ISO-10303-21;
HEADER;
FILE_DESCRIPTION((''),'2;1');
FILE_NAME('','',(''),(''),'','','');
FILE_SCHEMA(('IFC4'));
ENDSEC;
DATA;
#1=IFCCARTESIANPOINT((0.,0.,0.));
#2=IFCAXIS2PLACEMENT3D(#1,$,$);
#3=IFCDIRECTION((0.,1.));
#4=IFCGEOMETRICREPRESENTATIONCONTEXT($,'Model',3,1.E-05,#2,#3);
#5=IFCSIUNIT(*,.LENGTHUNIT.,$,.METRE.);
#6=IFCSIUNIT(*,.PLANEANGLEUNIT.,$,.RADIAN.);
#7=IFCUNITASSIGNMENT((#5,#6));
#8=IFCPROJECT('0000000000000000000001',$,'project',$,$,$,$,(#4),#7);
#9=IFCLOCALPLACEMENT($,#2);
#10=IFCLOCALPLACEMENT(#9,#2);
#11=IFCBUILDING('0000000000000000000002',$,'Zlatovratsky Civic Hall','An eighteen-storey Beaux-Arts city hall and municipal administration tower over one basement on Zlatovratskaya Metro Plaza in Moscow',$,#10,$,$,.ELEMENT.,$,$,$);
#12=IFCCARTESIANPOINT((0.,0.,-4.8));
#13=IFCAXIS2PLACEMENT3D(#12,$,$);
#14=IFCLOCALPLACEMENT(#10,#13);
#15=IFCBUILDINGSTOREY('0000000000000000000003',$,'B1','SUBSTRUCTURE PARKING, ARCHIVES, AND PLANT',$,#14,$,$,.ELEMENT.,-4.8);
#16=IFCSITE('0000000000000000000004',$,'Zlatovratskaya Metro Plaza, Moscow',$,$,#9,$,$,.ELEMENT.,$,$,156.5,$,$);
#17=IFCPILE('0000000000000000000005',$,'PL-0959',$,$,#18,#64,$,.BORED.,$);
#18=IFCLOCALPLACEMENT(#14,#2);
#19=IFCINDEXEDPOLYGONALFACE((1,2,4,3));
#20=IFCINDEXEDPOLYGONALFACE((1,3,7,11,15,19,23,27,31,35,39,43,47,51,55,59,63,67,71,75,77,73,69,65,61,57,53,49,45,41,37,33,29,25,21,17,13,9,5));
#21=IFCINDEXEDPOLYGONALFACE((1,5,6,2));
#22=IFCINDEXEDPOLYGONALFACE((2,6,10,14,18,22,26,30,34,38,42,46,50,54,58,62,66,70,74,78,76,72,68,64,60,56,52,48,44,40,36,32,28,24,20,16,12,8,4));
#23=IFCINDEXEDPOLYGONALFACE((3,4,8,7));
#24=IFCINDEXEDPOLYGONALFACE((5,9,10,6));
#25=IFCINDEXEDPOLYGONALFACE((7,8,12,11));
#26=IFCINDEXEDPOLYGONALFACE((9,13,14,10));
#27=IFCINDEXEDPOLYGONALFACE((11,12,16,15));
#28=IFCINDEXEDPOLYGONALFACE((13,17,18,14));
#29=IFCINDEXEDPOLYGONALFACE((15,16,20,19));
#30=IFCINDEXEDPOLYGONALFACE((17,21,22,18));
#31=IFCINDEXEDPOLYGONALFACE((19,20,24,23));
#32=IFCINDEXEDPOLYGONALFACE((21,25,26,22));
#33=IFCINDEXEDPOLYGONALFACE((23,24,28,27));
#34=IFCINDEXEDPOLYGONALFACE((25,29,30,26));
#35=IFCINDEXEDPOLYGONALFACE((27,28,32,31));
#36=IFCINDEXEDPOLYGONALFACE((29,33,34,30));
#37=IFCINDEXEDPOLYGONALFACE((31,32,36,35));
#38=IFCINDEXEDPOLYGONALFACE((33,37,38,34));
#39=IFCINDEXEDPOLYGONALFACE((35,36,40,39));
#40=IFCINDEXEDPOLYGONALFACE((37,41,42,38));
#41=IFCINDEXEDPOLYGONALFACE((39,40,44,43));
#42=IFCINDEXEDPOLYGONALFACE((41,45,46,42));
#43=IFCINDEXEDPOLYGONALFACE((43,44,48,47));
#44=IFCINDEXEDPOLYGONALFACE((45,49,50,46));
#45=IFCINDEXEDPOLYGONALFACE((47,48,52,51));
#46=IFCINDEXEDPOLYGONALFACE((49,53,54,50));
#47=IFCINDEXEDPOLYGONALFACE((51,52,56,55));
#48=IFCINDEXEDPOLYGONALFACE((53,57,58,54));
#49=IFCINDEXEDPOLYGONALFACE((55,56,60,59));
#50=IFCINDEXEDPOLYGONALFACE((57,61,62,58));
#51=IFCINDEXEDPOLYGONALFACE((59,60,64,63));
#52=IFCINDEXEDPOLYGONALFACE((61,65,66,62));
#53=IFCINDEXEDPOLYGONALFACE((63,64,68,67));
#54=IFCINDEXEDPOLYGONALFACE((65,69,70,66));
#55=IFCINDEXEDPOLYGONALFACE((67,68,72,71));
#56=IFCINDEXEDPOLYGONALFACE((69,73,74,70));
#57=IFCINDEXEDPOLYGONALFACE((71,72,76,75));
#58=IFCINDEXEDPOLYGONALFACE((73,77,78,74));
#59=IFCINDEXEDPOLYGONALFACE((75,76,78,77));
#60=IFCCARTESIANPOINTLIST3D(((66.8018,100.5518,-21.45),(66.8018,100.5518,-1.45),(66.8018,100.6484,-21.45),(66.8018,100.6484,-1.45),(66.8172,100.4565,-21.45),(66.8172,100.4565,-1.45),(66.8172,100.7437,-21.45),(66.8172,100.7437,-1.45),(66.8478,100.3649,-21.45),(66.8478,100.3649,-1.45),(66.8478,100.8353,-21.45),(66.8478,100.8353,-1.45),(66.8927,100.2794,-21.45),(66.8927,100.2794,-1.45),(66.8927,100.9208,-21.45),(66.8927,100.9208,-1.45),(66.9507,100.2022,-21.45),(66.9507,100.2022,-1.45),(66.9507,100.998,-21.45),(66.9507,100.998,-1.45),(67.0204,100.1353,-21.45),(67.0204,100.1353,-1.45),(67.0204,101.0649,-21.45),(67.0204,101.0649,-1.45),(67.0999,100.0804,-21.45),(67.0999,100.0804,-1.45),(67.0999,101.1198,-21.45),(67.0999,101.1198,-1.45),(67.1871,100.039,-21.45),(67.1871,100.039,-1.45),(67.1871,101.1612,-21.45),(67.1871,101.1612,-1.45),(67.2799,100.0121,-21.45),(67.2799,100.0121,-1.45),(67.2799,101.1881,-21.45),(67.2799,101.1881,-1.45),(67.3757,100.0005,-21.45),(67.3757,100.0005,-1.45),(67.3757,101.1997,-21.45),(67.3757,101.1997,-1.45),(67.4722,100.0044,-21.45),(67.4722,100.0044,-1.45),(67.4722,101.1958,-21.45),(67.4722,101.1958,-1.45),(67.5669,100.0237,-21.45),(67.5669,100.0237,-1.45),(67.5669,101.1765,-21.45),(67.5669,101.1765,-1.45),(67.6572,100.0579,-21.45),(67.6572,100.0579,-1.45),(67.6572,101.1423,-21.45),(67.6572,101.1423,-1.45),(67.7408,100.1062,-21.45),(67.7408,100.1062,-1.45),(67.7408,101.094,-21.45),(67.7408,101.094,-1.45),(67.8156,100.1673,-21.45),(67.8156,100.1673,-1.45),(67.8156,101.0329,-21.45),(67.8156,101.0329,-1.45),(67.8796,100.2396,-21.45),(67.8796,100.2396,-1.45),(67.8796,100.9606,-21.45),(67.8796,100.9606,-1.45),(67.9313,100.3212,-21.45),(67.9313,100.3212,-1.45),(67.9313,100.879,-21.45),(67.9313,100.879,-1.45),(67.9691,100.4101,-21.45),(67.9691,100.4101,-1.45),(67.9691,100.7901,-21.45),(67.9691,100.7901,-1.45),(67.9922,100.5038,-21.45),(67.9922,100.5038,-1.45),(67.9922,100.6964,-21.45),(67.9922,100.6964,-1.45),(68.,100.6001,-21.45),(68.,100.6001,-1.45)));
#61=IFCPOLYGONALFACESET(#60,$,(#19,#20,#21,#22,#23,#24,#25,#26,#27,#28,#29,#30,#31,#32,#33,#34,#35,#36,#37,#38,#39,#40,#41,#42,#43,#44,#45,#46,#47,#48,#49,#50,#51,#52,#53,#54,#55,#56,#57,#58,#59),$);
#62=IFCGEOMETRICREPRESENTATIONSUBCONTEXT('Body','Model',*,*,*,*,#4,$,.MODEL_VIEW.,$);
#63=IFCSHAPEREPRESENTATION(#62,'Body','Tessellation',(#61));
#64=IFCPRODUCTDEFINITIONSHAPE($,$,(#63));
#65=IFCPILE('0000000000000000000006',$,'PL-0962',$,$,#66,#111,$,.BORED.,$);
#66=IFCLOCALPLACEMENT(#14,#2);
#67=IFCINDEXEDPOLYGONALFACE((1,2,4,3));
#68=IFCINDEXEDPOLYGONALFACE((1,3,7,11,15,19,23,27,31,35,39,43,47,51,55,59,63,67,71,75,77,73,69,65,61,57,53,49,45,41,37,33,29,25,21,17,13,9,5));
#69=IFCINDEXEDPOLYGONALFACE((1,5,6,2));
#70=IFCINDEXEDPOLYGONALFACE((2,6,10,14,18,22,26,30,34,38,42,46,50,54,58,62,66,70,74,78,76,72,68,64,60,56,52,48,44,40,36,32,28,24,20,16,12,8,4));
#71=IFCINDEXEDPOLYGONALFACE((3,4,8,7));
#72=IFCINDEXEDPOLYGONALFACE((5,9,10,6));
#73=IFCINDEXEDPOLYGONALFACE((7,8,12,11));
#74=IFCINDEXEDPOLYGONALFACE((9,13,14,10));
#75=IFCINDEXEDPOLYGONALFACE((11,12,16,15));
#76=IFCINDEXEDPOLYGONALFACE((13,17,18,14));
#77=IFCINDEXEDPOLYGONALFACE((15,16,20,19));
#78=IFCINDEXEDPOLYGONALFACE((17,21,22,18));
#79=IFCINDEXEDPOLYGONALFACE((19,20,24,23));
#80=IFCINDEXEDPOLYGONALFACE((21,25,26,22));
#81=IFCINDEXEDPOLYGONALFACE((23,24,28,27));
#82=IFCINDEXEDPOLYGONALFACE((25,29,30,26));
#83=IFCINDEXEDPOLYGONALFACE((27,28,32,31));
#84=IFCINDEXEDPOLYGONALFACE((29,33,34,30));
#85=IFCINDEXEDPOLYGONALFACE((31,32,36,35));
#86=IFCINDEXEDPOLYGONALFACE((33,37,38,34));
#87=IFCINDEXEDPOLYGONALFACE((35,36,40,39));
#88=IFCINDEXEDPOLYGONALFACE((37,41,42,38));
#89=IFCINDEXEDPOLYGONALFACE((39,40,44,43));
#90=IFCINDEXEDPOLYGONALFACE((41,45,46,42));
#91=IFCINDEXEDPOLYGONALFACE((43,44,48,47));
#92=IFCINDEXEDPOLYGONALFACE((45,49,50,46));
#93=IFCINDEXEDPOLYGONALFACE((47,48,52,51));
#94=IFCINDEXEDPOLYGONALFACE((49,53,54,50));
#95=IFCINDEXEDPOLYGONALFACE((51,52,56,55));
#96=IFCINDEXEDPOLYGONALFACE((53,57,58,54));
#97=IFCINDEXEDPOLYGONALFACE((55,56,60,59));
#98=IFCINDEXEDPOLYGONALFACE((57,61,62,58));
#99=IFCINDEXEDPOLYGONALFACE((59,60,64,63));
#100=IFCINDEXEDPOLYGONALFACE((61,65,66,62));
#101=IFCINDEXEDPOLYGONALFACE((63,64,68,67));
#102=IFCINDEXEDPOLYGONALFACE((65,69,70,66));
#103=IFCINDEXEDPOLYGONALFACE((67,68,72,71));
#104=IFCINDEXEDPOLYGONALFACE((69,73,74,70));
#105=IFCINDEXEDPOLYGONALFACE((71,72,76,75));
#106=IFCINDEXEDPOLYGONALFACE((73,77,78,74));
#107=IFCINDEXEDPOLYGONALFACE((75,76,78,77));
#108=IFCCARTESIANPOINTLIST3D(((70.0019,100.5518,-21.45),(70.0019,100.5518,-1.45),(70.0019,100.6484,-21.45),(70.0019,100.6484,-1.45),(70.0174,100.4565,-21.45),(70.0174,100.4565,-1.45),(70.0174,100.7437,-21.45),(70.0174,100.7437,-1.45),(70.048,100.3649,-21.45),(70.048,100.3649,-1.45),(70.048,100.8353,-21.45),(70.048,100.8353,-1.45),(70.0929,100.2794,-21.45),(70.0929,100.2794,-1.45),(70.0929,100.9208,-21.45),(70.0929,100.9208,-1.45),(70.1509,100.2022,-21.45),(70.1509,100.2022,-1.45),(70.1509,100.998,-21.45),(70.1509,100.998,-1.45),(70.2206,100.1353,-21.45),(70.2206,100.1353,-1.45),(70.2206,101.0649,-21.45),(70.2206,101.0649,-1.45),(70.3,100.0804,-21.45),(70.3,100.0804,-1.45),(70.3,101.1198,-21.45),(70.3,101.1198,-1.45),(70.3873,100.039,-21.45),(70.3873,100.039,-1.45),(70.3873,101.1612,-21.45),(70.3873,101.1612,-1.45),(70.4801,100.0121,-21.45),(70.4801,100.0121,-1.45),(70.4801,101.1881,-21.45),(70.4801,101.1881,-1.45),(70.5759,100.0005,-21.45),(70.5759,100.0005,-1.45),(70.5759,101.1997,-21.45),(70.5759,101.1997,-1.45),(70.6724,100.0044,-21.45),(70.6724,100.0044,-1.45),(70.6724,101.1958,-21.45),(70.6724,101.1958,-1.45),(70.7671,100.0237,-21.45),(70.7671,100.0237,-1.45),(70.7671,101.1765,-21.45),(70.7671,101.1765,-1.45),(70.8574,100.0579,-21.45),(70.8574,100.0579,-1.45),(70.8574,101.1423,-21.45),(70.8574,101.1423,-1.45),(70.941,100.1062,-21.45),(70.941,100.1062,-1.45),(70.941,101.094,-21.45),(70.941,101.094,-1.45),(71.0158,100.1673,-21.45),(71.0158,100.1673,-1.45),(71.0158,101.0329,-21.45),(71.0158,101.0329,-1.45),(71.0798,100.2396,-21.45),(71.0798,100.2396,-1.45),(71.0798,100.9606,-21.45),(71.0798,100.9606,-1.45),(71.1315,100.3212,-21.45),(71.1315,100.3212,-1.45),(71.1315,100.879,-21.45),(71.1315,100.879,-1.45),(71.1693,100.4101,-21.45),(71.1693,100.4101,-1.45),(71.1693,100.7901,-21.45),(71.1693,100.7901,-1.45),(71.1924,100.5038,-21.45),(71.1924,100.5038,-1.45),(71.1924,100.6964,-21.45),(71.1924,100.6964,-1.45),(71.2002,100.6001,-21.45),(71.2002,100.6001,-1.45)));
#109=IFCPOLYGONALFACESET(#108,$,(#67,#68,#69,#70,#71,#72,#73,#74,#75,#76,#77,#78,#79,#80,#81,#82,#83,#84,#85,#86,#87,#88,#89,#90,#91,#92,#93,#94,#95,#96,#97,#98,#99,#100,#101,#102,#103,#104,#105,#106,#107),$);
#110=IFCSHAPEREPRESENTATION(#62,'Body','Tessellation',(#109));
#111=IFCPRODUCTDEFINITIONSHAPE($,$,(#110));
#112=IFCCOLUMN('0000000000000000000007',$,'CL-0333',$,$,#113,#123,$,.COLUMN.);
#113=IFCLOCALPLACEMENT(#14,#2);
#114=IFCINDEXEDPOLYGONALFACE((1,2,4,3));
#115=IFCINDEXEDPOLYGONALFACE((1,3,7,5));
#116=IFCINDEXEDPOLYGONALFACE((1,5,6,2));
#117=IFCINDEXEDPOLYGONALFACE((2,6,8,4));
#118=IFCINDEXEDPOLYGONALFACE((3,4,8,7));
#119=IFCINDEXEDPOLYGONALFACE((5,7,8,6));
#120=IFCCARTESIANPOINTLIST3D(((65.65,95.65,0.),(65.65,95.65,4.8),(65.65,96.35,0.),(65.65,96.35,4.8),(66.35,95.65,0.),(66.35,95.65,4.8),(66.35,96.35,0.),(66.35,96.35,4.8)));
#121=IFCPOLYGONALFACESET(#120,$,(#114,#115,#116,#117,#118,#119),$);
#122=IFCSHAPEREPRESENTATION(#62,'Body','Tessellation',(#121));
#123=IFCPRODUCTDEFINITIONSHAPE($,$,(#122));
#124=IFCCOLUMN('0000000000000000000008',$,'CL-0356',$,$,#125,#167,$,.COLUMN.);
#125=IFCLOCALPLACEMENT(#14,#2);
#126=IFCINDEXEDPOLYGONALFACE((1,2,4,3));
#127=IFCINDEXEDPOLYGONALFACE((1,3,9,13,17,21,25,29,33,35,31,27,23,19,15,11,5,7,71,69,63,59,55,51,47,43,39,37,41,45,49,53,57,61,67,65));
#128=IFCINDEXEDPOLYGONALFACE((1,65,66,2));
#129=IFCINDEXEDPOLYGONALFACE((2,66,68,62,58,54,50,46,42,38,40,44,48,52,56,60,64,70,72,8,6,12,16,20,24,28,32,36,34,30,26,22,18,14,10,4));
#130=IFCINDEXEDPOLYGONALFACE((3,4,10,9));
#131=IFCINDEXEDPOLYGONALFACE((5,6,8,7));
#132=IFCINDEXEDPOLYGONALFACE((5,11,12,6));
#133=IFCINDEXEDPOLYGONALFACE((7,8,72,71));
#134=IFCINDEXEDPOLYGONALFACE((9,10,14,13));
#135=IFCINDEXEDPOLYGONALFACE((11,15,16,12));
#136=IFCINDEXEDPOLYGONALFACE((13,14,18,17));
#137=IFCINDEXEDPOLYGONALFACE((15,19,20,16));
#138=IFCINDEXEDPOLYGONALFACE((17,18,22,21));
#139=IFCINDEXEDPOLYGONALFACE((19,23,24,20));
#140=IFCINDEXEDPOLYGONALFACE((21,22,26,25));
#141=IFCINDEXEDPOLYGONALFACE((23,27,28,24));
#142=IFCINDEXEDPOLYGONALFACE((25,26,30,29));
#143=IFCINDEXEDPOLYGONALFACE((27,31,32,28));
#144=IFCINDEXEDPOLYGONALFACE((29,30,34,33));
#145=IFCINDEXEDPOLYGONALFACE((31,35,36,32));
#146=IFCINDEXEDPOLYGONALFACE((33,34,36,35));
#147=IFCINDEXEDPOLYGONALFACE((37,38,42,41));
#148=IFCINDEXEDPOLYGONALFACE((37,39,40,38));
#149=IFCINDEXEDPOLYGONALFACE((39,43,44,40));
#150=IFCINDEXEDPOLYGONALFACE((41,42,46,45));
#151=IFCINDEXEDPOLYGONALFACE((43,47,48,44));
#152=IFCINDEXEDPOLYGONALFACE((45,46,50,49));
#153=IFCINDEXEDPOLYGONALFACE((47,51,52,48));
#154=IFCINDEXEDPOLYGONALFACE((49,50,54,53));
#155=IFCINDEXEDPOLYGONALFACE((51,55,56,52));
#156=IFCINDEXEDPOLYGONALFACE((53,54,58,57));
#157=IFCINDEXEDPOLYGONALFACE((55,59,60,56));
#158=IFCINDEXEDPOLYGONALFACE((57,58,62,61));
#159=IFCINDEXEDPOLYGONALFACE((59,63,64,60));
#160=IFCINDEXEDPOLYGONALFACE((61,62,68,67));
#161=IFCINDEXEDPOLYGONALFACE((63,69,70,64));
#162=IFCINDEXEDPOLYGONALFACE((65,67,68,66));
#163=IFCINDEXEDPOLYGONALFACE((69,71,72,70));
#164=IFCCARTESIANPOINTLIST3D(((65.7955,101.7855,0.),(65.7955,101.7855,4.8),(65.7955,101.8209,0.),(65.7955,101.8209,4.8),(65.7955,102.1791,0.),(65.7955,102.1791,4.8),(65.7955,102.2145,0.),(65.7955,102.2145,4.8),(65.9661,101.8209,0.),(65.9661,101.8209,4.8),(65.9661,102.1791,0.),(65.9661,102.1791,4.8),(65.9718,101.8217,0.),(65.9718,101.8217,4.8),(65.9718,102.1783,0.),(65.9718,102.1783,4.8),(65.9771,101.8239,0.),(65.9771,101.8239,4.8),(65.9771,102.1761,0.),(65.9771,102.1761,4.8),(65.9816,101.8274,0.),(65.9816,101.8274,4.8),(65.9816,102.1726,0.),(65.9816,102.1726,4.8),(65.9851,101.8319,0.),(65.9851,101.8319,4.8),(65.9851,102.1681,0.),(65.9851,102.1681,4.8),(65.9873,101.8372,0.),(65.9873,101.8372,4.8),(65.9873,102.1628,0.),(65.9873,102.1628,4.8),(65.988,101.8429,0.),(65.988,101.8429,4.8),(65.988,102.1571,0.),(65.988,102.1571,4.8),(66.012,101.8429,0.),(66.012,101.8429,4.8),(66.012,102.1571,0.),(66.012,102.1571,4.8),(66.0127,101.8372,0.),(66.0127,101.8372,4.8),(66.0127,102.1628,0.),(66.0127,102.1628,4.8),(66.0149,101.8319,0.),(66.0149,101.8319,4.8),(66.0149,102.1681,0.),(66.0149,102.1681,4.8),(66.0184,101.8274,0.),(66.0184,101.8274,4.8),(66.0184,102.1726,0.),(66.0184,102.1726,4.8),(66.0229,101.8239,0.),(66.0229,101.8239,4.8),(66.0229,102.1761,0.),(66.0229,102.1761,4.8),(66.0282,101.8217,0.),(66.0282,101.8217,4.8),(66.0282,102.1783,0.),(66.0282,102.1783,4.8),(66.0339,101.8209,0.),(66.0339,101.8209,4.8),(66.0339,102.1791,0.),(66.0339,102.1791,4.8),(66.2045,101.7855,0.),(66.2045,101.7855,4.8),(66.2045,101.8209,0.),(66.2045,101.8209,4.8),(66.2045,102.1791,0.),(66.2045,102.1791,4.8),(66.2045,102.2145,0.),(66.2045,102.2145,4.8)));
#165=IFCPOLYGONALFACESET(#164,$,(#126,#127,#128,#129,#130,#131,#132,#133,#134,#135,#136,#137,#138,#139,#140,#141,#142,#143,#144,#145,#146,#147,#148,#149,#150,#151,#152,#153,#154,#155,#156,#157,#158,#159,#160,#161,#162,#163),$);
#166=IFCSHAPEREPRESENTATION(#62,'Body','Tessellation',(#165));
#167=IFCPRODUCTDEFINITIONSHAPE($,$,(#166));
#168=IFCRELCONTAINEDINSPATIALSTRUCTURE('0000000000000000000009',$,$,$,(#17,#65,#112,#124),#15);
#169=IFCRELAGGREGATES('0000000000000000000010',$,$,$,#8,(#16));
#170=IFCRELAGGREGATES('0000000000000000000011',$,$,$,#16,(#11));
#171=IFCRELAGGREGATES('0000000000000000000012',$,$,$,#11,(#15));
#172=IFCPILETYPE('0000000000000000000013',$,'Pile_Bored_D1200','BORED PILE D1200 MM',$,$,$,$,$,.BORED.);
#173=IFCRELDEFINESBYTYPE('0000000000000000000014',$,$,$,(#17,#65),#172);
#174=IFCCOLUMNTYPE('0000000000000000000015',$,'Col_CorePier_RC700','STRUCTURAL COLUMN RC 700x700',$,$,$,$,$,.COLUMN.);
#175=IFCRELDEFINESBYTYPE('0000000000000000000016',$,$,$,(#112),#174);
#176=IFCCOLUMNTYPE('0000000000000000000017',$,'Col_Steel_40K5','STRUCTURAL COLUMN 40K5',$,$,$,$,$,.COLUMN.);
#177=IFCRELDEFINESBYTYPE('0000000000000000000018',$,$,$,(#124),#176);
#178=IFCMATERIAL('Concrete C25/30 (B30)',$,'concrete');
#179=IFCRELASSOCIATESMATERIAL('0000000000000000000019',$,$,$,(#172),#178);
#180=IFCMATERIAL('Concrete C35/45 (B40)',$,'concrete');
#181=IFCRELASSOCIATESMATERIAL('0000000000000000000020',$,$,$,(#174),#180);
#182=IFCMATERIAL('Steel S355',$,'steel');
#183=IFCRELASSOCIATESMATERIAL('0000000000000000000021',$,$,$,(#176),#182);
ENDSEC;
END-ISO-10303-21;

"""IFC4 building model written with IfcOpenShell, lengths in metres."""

from ifc_helpers import new_model, si_unit, direction, frame, origin, origin_2d, place, context, subcontext, project, spatial, rectangle, circle, i_section, extrude, material, material_profile, profile_set, type_object, element, save


model = new_model("IFC4")

# Units and contexts
model_context = context("Model", 3, precision=1e-05, world=origin(), true_north=direction((0.0, 1.0)))
body_context = subcontext(model_context, "Body", "Model", "MODEL_VIEW")
ifc_project = project(units=[si_unit("LENGTHUNIT", "METRE"), si_unit("PLANEANGLEUNIT", "RADIAN")], contexts=[model_context])

# Site, building, storey
site_placement = place(None, origin())
site = spatial("IfcSite", under=ifc_project, at=site_placement, Name="Zlatovratskaya Metro Plaza, Moscow", CompositionType="ELEMENT", RefElevation=156.5)
building_placement = place(site_placement, origin())
building = spatial("IfcBuilding", under=site, at=building_placement, Name="Zlatovratsky Civic Hall", Description="An eighteen-storey Beaux-Arts city hall and municipal administration tower over one basement on Zlatovratskaya Metro Plaza in Moscow", CompositionType="ELEMENT")
storey_placement = place(building_placement, frame((0.0, 0.0, -4.8)))
storey = spatial("IfcBuildingStorey", under=building, at=storey_placement, Name="B1", Description="SUBSTRUCTURE PARKING, ARCHIVES, AND PLANT", CompositionType="ELEMENT", Elevation=-4.8)

# Shared definitions
ifc_material_1 = material(Name="Concrete C25/30 (B30)", Category="concrete")

# Piles
ifc_material_profile_1 = material_profile(ifc_material_1, circle(Radius=0.6001, at=origin_2d()), Name="PILE D1200")
ifc_profile_set_1 = profile_set([ifc_material_profile_1], Name="Concrete C25/30 (B30)")
pile_type_1 = type_object("IfcPileType", Name="Pile_Bored_D1200", Description="BORED PILE D1200 MM", PredefinedType="BORED", material=ifc_profile_set_1)
for number, where, z_axis, x_axis, name in (
    (1, (67.3999, 100.6001, -1.45), (0.0, 0.0, -1.0), (1.0, 0.0, 0.0), "PL-0959"),
    (2, (70.6001, 100.6001, -1.45), (0.0, 0.0, -1.0), (1.0, 0.0, 0.0), "PL-0962"),
):
    element("IfcPile", number, at=place(storey_placement, frame(where, z_axis=z_axis, x_axis=x_axis)), inside=storey, type_object=pile_type_1, Name=name, PredefinedType="BORED", context=body_context, shape_type="SweptSolid", body=[
        extrude(circle(Radius=0.6001, at=origin_2d()), origin(), (0.0, 0.0, 1.0), 20.0),
    ])

# Columns
ifc_material_2 = material(Name="Concrete C35/45 (B40)", Category="concrete")
ifc_material_profile_2 = material_profile(ifc_material_2, rectangle(XDim=0.7, YDim=0.7, at=origin_2d()), Name="RC 700x700")
ifc_profile_set_2 = profile_set([ifc_material_profile_2], Name="Concrete C35/45 (B40)")
column_type_1 = type_object("IfcColumnType", Name="Col_CorePier_RC700", Description="STRUCTURAL COLUMN RC 700x700", PredefinedType="COLUMN", material=ifc_profile_set_2)
column_1_placement = place(storey_placement, frame((66.0, 96.0, 0.0), z_axis=(0.0, 0.0, 1.0), x_axis=(1.0, 0.0, 0.0)))
element("IfcColumn", 3, at=column_1_placement, inside=storey, type_object=column_type_1, Name="CL-0333", PredefinedType="COLUMN", context=body_context, shape_type="SweptSolid", body=[
    extrude(rectangle(XDim=0.7, YDim=0.7, at=origin_2d()), origin(), (0.0, 0.0, 1.0), 4.8),
])
ifc_material_3 = material(Name="Steel S355", Category="steel")
ifc_material_profile_3 = material_profile(ifc_material_3, i_section(OverallWidth=0.4089, OverallDepth=0.429, WebThickness=0.0239, FlangeThickness=0.0354, FilletRadius=0.022, at=origin_2d()), Name="40K5")
ifc_profile_set_3 = profile_set([ifc_material_profile_3], Name="Steel S355")
column_type_2 = type_object("IfcColumnType", Name="Col_Steel_40K5", Description="STRUCTURAL COLUMN 40K5", PredefinedType="COLUMN", material=ifc_profile_set_3)
column_2_placement = place(storey_placement, frame((66.0, 102.0, 0.0), z_axis=(0.0, 0.0, 1.0), x_axis=(1.0, 0.0, 0.0)))
element("IfcColumn", 4, at=column_2_placement, inside=storey, type_object=column_type_2, Name="CL-0356", PredefinedType="COLUMN", context=body_context, shape_type="SweptSolid", body=[
    extrude(i_section(OverallWidth=0.4089, OverallDepth=0.429, WebThickness=0.0239, FlangeThickness=0.0354, FilletRadius=0.022, at=origin_2d()), origin(), (0.0, 0.0, 1.0), 4.8),
])

save(model, "model.ifc")
